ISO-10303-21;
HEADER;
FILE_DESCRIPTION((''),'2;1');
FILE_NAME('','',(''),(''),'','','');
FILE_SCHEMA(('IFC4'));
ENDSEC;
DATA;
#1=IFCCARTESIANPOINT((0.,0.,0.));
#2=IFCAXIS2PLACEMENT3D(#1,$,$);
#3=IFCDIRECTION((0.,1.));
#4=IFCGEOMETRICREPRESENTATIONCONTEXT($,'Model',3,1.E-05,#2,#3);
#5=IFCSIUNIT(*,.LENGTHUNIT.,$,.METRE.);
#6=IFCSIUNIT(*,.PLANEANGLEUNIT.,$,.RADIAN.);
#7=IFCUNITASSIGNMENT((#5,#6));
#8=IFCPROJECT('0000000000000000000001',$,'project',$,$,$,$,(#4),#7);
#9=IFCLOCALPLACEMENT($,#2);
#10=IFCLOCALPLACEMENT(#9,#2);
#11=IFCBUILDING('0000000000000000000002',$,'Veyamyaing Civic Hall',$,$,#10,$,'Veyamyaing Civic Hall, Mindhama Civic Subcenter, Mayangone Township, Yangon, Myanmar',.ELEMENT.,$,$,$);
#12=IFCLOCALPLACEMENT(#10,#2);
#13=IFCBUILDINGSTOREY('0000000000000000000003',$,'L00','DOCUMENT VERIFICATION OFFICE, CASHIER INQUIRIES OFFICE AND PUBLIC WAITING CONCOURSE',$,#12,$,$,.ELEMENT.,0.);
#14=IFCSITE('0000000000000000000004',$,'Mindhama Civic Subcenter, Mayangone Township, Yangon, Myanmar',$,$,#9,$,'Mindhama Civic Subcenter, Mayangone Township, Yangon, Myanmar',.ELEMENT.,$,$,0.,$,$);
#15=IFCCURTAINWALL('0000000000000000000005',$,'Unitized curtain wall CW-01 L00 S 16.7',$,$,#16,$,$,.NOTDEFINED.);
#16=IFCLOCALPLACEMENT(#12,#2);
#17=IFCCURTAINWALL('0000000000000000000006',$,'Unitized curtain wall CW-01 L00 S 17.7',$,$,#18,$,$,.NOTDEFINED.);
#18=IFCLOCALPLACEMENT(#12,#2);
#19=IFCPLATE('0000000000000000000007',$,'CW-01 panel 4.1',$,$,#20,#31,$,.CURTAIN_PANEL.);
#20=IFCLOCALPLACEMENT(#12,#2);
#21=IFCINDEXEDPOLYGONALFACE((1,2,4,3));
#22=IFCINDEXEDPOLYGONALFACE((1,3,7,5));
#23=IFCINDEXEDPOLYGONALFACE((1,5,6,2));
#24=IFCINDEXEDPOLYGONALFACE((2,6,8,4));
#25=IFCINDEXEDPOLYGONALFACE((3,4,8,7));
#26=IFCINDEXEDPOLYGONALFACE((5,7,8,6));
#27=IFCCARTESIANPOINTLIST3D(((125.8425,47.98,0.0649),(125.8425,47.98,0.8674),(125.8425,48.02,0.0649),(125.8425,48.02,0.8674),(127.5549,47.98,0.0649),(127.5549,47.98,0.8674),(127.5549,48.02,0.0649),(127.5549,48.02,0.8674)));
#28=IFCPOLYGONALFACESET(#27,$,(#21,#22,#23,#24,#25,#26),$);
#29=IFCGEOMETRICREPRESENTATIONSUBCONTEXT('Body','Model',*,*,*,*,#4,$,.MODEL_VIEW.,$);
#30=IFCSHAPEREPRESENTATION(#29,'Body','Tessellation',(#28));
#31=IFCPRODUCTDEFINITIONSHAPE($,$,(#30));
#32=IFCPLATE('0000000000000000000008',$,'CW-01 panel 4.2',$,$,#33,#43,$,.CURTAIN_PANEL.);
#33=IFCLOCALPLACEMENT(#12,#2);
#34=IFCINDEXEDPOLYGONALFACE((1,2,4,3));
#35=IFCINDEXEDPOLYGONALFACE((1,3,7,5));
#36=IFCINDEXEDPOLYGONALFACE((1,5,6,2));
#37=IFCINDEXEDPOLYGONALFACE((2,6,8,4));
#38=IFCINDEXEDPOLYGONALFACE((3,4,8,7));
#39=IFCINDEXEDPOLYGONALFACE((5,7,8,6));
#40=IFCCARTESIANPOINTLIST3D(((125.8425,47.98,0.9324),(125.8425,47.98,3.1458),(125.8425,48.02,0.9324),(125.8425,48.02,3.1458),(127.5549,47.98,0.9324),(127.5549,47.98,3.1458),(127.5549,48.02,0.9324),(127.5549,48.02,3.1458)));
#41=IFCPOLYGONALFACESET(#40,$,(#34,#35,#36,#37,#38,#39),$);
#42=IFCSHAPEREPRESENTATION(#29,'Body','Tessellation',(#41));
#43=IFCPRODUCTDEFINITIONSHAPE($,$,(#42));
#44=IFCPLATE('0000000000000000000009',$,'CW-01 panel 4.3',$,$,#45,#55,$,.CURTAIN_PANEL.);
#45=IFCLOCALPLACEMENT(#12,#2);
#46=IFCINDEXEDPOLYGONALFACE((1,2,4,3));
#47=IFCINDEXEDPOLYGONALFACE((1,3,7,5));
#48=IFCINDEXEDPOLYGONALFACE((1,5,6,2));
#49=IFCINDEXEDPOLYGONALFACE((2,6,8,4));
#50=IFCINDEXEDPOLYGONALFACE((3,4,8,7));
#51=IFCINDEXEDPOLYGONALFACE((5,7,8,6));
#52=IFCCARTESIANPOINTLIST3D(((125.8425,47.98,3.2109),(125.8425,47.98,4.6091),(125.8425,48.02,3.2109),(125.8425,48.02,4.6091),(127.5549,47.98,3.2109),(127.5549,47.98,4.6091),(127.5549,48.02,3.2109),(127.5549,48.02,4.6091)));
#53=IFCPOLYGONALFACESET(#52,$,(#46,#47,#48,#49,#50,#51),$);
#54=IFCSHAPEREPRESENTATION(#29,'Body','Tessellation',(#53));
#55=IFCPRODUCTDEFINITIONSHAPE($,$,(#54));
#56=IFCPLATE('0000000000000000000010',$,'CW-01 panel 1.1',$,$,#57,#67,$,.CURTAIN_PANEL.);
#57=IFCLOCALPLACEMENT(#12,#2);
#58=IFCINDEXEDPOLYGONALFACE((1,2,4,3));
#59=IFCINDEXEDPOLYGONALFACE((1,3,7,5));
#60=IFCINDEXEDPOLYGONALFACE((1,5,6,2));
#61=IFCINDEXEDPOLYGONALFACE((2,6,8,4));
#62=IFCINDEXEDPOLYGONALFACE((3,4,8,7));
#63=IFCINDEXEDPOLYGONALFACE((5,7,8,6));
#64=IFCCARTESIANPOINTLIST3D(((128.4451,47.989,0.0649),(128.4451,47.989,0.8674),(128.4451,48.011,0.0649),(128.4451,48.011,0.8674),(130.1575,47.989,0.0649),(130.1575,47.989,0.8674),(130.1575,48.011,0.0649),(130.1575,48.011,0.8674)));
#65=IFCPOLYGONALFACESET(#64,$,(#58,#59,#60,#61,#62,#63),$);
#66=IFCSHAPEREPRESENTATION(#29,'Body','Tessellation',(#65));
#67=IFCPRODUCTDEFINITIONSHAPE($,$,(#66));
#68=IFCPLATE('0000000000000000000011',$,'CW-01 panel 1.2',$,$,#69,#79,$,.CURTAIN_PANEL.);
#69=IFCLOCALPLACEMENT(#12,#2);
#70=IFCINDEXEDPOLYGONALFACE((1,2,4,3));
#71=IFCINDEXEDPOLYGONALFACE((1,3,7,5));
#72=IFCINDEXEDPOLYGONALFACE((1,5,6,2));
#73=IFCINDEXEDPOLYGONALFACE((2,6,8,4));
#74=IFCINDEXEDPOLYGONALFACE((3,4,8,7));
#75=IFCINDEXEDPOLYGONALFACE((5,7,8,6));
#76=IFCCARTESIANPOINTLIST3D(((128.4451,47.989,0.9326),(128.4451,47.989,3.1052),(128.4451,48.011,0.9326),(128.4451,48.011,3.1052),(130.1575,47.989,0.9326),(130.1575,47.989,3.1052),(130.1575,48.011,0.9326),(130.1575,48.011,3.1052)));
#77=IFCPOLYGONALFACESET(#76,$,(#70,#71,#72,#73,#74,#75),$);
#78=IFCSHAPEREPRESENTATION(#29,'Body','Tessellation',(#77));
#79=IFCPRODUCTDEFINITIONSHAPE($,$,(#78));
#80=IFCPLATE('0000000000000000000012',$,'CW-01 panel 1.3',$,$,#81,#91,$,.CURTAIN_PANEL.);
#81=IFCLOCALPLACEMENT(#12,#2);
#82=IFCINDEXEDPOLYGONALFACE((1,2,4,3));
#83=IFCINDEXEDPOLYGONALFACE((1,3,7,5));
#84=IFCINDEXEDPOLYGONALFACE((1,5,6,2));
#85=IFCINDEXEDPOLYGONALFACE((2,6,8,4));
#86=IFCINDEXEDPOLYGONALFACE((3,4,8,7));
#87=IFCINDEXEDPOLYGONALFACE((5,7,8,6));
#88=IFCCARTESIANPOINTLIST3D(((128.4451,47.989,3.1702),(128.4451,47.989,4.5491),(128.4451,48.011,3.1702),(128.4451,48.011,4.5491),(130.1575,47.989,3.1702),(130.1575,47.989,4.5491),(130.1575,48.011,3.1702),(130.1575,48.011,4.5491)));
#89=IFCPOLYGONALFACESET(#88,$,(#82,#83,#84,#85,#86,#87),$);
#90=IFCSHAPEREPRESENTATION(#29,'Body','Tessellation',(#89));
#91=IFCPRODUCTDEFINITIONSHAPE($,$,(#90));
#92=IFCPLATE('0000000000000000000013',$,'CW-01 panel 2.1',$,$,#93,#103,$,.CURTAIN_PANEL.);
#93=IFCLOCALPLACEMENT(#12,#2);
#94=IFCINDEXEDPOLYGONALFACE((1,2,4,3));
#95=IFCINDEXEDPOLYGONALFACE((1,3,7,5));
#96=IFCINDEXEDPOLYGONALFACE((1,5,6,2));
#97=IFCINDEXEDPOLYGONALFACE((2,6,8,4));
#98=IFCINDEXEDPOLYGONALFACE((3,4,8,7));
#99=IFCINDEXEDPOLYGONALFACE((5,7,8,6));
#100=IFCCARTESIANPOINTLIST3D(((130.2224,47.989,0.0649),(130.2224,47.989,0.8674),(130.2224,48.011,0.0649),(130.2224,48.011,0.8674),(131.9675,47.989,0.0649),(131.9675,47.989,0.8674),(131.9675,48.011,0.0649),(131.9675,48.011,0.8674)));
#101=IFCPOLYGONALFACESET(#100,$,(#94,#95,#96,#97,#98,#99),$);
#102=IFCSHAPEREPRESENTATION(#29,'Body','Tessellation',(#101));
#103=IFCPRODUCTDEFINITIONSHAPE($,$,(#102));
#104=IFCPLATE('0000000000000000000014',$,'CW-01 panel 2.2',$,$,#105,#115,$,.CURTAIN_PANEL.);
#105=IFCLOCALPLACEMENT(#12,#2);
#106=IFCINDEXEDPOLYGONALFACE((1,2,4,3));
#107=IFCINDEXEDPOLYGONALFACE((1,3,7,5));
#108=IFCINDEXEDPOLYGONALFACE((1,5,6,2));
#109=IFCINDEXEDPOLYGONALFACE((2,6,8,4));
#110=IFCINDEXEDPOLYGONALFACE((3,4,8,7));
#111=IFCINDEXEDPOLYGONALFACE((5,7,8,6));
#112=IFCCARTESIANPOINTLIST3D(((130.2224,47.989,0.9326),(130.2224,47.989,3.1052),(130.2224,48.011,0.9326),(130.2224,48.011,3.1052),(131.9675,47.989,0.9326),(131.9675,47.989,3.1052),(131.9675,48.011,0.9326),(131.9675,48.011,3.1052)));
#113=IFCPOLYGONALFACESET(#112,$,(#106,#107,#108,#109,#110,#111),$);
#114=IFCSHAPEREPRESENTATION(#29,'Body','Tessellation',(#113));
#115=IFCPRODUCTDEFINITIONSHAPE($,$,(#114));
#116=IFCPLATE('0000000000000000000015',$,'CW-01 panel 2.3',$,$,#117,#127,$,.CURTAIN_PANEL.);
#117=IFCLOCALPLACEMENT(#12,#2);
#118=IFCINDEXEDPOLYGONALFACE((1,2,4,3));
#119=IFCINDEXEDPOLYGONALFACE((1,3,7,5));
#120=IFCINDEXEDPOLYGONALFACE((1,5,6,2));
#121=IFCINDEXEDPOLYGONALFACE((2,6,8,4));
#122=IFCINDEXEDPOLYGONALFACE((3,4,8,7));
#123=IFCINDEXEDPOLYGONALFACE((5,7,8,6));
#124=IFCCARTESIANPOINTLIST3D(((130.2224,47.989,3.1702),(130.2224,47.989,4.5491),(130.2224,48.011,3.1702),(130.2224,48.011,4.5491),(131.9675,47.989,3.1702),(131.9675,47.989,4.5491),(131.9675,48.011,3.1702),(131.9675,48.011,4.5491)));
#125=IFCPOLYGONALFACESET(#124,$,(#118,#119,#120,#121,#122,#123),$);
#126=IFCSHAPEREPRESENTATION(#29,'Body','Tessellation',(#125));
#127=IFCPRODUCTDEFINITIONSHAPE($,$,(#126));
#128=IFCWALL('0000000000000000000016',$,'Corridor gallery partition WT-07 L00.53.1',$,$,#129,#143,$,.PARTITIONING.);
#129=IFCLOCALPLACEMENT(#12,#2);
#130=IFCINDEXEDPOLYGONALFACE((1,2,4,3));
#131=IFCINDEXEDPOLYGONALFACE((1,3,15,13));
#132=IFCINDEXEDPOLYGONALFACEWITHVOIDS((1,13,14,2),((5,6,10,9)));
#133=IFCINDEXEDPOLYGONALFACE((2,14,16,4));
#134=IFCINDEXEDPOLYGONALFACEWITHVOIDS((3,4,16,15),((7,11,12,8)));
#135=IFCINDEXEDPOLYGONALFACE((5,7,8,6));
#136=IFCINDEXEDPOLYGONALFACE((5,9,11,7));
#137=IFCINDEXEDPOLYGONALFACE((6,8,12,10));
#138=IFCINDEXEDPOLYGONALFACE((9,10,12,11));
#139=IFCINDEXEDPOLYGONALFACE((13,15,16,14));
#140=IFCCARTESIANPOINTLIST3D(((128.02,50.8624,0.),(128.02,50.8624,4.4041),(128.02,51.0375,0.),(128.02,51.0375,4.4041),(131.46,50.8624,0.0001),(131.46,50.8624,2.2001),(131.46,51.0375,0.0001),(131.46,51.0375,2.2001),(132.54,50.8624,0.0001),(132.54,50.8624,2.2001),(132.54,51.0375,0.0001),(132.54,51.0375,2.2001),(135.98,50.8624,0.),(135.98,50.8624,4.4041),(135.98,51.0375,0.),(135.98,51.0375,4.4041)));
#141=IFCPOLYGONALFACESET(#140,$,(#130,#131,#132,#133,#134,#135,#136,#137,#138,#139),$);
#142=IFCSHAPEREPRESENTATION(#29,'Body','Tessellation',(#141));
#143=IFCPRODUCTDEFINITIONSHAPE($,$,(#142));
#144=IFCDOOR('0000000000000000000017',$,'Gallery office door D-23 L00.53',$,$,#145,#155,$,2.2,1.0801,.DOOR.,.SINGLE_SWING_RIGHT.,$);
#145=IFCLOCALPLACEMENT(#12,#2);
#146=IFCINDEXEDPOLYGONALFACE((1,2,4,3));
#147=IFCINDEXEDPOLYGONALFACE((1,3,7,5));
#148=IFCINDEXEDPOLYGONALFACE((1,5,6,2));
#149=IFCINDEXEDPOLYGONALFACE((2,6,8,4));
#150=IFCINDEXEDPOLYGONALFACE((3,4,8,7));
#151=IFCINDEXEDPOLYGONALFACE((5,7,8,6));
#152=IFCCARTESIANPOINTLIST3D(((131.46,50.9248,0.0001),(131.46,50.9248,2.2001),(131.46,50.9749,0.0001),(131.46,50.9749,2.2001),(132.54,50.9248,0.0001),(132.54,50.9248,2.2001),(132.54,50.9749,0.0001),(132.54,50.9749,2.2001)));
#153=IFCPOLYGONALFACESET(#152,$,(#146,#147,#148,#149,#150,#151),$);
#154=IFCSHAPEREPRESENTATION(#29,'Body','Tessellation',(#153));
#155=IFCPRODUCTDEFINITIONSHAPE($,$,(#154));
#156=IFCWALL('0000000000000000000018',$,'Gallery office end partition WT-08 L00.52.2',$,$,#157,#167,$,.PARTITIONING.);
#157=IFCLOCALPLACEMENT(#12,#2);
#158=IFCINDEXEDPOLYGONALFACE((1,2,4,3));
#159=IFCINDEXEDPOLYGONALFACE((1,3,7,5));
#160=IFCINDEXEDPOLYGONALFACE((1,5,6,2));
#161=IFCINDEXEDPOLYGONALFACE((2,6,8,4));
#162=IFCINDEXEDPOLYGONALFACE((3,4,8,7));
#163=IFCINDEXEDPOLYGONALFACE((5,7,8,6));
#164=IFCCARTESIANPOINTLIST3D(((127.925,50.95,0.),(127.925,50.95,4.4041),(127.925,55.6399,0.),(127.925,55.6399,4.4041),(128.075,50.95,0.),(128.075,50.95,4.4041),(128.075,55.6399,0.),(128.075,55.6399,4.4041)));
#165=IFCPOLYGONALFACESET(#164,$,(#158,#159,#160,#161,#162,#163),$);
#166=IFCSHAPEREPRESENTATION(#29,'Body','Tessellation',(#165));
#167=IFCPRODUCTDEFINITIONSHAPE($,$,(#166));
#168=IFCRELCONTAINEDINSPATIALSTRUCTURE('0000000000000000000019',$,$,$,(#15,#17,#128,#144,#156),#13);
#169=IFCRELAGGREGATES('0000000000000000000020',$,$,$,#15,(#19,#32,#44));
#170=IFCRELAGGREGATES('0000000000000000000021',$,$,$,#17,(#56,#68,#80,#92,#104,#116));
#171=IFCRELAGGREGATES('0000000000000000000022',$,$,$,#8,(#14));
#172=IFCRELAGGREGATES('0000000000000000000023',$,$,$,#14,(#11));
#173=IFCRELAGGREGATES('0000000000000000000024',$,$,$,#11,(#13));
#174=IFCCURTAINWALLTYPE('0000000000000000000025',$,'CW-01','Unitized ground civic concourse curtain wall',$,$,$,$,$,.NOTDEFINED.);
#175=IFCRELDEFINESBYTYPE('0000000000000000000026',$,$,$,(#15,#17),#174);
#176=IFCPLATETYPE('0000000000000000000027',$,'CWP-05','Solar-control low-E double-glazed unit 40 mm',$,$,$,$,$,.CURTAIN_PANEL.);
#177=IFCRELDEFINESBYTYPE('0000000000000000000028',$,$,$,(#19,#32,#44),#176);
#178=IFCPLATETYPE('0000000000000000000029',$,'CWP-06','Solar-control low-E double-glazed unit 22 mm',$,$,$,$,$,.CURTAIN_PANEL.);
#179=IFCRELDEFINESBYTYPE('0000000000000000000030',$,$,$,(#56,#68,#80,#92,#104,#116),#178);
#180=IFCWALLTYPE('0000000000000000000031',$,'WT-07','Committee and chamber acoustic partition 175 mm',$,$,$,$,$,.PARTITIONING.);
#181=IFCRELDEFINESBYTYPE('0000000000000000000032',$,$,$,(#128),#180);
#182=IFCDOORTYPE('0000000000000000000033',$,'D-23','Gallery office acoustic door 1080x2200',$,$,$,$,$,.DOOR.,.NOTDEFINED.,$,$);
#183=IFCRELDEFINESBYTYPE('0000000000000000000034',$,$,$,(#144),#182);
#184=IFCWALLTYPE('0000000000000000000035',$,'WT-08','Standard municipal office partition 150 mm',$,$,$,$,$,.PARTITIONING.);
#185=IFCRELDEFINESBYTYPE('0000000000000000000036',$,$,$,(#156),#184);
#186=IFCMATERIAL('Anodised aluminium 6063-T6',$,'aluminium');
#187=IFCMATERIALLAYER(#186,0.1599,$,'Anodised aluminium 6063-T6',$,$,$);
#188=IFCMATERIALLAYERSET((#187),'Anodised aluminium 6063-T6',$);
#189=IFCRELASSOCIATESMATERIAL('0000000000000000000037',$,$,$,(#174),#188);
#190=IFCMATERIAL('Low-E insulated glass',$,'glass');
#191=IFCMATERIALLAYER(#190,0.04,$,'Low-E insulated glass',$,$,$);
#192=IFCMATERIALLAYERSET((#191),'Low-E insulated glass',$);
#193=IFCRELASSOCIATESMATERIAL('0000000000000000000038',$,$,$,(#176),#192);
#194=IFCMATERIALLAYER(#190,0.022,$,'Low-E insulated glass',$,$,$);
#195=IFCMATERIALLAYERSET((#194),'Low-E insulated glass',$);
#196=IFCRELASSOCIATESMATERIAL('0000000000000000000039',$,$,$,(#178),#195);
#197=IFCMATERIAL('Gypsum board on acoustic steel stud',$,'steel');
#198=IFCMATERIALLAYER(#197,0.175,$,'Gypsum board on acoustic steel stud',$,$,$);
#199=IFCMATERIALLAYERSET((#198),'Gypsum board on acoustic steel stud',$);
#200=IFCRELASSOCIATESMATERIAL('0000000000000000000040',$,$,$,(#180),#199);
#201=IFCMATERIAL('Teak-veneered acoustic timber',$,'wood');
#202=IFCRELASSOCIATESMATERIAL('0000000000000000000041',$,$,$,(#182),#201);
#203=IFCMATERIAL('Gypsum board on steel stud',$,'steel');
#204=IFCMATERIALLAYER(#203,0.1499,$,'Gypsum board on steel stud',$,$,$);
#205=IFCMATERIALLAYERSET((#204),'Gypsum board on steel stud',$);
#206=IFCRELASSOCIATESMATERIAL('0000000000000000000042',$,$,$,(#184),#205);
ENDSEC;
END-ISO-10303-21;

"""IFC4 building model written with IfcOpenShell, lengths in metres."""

from ifc_helpers import new_model, si_unit, direction, frame, frame_2d, origin, origin_2d, place, context, subcontext, project, spatial, rectangle, extrude, material, layer, layer_set, type_object, element, fill, aggregate, save


model = new_model("IFC4")

# Units and contexts
model_context = context("Model", 3, precision=1e-05, world=origin(), true_north=direction((0.0, 1.0)))
body_context = subcontext(model_context, "Body", "Model", "MODEL_VIEW")
ifc_project = project(units=[si_unit("LENGTHUNIT", "METRE"), si_unit("PLANEANGLEUNIT", "RADIAN")], contexts=[model_context])

# Site, building, storey
site_placement = place(None, origin())
site = spatial("IfcSite", under=ifc_project, at=site_placement, Name="Mindhama Civic Subcenter, Mayangone Township, Yangon, Myanmar", LongName="Mindhama Civic Subcenter, Mayangone Township, Yangon, Myanmar", CompositionType="ELEMENT", RefElevation=0.0)
building_placement = place(site_placement, origin())
building = spatial("IfcBuilding", under=site, at=building_placement, Name="Veyamyaing Civic Hall", LongName="Veyamyaing Civic Hall, Mindhama Civic Subcenter, Mayangone Township, Yangon, Myanmar", CompositionType="ELEMENT")
storey_placement = place(building_placement, origin())
storey = spatial("IfcBuildingStorey", under=building, at=storey_placement, Name="L00", Description="DOCUMENT VERIFICATION OFFICE, CASHIER INQUIRIES OFFICE AND PUBLIC WAITING CONCOURSE", CompositionType="ELEMENT", Elevation=0.0)

# Curtain wall
ifc_material_1 = material(Name="Anodised aluminium 6063-T6", Category="aluminium")
ifc_layer_1 = layer(ifc_material_1, 0.1599, Name="Anodised aluminium 6063-T6")
ifc_layer_set_1 = layer_set([ifc_layer_1], Name="Anodised aluminium 6063-T6")
curtain_wall_type = type_object("IfcCurtainWallType", Name="CW-01", Description="Unitized ground civic concourse curtain wall", PredefinedType="NOTDEFINED", material=ifc_layer_set_1)
curtain_wall_1_placement = place(storey_placement, origin())
curtain_wall_1 = element("IfcCurtainWall", 1, at=curtain_wall_1_placement, inside=storey, type_object=curtain_wall_type, Name="Unitized curtain wall CW-01 L00 S 16.7", PredefinedType="NOTDEFINED")

# Curtain wall
curtain_wall_2_placement = place(storey_placement, origin())
curtain_wall_2 = element("IfcCurtainWall", 2, at=curtain_wall_2_placement, inside=storey, type_object=curtain_wall_type, Name="Unitized curtain wall CW-01 L00 S 17.7", PredefinedType="NOTDEFINED")

# Plates
ifc_material_2 = material(Name="Low-E insulated glass", Category="glass")
ifc_layer_2 = layer(ifc_material_2, 0.04, Name="Low-E insulated glass")
ifc_layer_set_2 = layer_set([ifc_layer_2], Name="Low-E insulated glass")
plate_type_1 = type_object("IfcPlateType", Name="CWP-05", Description="Solar-control low-E double-glazed unit 40 mm", PredefinedType="CURTAIN_PANEL", material=ifc_layer_set_2)
plate_1_placement = place(storey_placement, frame((126.6987, 48.0, 0.0649), z_axis=(0.0, 0.0, 1.0), x_axis=(1.0, 0.0, 0.0)))
plate_1 = element("IfcPlate", 3, at=plate_1_placement, type_object=plate_type_1, Name="CW-01 panel 4.1", PredefinedType="CURTAIN_PANEL", context=body_context, shape_type="SweptSolid", body=[
    extrude(rectangle(XDim=1.7124, YDim=0.04, at=origin_2d()), origin(), (0.0, 0.0, 1.0), 0.8025),
])
plate_2_placement = place(storey_placement, frame((126.6987, 48.0, 0.9324), z_axis=(0.0, 0.0, 1.0), x_axis=(1.0, 0.0, 0.0)))
plate_2 = element("IfcPlate", 4, at=plate_2_placement, type_object=plate_type_1, Name="CW-01 panel 4.2", PredefinedType="CURTAIN_PANEL", context=body_context, shape_type="SweptSolid", body=[
    extrude(rectangle(XDim=1.7124, YDim=0.04, at=origin_2d()), origin(), (0.0, 0.0, 1.0), 2.2134),
])
plate_3_placement = place(storey_placement, frame((126.6987, 48.0, 3.2109), z_axis=(0.0, 0.0, 1.0), x_axis=(1.0, 0.0, 0.0)))
plate_3 = element("IfcPlate", 5, at=plate_3_placement, type_object=plate_type_1, Name="CW-01 panel 4.3", PredefinedType="CURTAIN_PANEL", context=body_context, shape_type="SweptSolid", body=[
    extrude(rectangle(XDim=1.7124, YDim=0.04, at=origin_2d()), origin(), (0.0, 0.0, 1.0), 1.3982),
])
aggregate(curtain_wall_1, [plate_1, plate_2, plate_3])
ifc_layer_3 = layer(ifc_material_2, 0.022, Name="Low-E insulated glass")
ifc_layer_set_3 = layer_set([ifc_layer_3], Name="Low-E insulated glass")
plate_type_2 = type_object("IfcPlateType", Name="CWP-06", Description="Solar-control low-E double-glazed unit 22 mm", PredefinedType="CURTAIN_PANEL", material=ifc_layer_set_3)
plate_4_placement = place(storey_placement, frame((129.3013, 48.0, 0.0649), z_axis=(0.0, 0.0, 1.0), x_axis=(1.0, 0.0, 0.0)))
plate_4 = element("IfcPlate", 6, at=plate_4_placement, type_object=plate_type_2, Name="CW-01 panel 1.1", PredefinedType="CURTAIN_PANEL", context=body_context, shape_type="SweptSolid", body=[
    extrude(rectangle(XDim=1.7124, YDim=0.022, at=origin_2d()), origin(), (0.0, 0.0, 1.0), 0.8025),
])
plate_5_placement = place(storey_placement, frame((129.3013, 48.0, 0.9326), z_axis=(0.0, 0.0, 1.0), x_axis=(1.0, 0.0, 0.0)))
plate_5 = element("IfcPlate", 7, at=plate_5_placement, type_object=plate_type_2, Name="CW-01 panel 1.2", PredefinedType="CURTAIN_PANEL", context=body_context, shape_type="SweptSolid", body=[
    extrude(rectangle(XDim=1.7124, YDim=0.022, at=origin_2d()), origin(), (0.0, 0.0, 1.0), 2.1726),
])
plate_6_placement = place(storey_placement, frame((129.3013, 48.0, 3.1702), z_axis=(0.0, 0.0, 1.0), x_axis=(1.0, 0.0, 0.0)))
plate_6 = element("IfcPlate", 8, at=plate_6_placement, type_object=plate_type_2, Name="CW-01 panel 1.3", PredefinedType="CURTAIN_PANEL", context=body_context, shape_type="SweptSolid", body=[
    extrude(rectangle(XDim=1.7124, YDim=0.022, at=origin_2d()), origin(), (0.0, 0.0, 1.0), 1.3789),
])
plate_7_placement = place(storey_placement, frame((131.095, 48.0, 0.0649), z_axis=(0.0, 0.0, 1.0), x_axis=(1.0, 0.0, 0.0)))
plate_7 = element("IfcPlate", 9, at=plate_7_placement, type_object=plate_type_2, Name="CW-01 panel 2.1", PredefinedType="CURTAIN_PANEL", context=body_context, shape_type="SweptSolid", body=[
    extrude(rectangle(XDim=1.7451, YDim=0.022, at=origin_2d()), origin(), (0.0, 0.0, 1.0), 0.8025),
])
plate_8_placement = place(storey_placement, frame((131.095, 48.0, 0.9326), z_axis=(0.0, 0.0, 1.0), x_axis=(1.0, 0.0, 0.0)))
plate_8 = element("IfcPlate", 10, at=plate_8_placement, type_object=plate_type_2, Name="CW-01 panel 2.2", PredefinedType="CURTAIN_PANEL", context=body_context, shape_type="SweptSolid", body=[
    extrude(rectangle(XDim=1.7451, YDim=0.022, at=origin_2d()), origin(), (0.0, 0.0, 1.0), 2.1726),
])
plate_9_placement = place(storey_placement, frame((131.095, 48.0, 3.1702), z_axis=(0.0, 0.0, 1.0), x_axis=(1.0, 0.0, 0.0)))
plate_9 = element("IfcPlate", 11, at=plate_9_placement, type_object=plate_type_2, Name="CW-01 panel 2.3", PredefinedType="CURTAIN_PANEL", context=body_context, shape_type="SweptSolid", body=[
    extrude(rectangle(XDim=1.7451, YDim=0.022, at=origin_2d()), origin(), (0.0, 0.0, 1.0), 1.3789),
])
aggregate(curtain_wall_2, [plate_4, plate_5, plate_6, plate_7, plate_8, plate_9])

# Wall, opening, door
ifc_material_3 = material(Name="Gypsum board on acoustic steel stud", Category="steel")
ifc_layer_4 = layer(ifc_material_3, 0.175, Name="Gypsum board on acoustic steel stud")
ifc_layer_set_4 = layer_set([ifc_layer_4], Name="Gypsum board on acoustic steel stud")
wall_type_1 = type_object("IfcWallType", Name="WT-07", Description="Committee and chamber acoustic partition 175 mm", PredefinedType="PARTITIONING", material=ifc_layer_set_4)
wall_1_placement = place(storey_placement, frame((128.02, 50.95, 0.0), z_axis=(0.0, 0.0, 1.0), x_axis=(1.0, 0.0, 0.0)))
wall_1 = element("IfcWall", 12, at=wall_1_placement, inside=storey, type_object=wall_type_1, Name="Corridor gallery partition WT-07 L00.53.1", PredefinedType="PARTITIONING", context=body_context, shape_type="SweptSolid", body=[
    extrude(rectangle(XDim=7.96, YDim=0.175, at=frame_2d((3.98, 0.0))), origin(), (0.0, 0.0, 1.0), 4.4041),
])
opening_placement = place(wall_1_placement, frame((3.4399, 0.0, 0.0)))
opening = element("IfcOpeningElement", 13, at=opening_placement, cuts=wall_1, PredefinedType="OPENING", context=body_context, shape_type="SweptSolid", body=[
    extrude(rectangle(XDim=1.0801, YDim=2.2, at=frame_2d((0.54, 1.1001))), frame((0.0, 0.0974, 0.0), z_axis=(0.0, -1.0, 0.0), x_axis=(1.0, 0.0, 0.0)), (0.0, 0.0, 1.0), 0.1951),
])
ifc_material_4 = material(Name="Teak-veneered acoustic timber", Category="wood")
door_type = type_object("IfcDoorType", Name="D-23", Description="Gallery office acoustic door 1080x2200", OperationType="NOTDEFINED", PredefinedType="DOOR", material=ifc_material_4)
door_placement = place(opening_placement, origin())
door = element("IfcDoor", 14, at=door_placement, inside=storey, type_object=door_type, Name="Gallery office door D-23 L00.53", OperationType="SINGLE_SWING_RIGHT", OverallHeight=2.2, OverallWidth=1.0801, PredefinedType="DOOR", context=body_context, shape_type="SweptSolid", body=[
    extrude(rectangle(XDim=1.0801, YDim=2.2, at=frame_2d((0.54, 1.1001))), frame((0.0, 0.0249, 0.0), z_axis=(0.0, -1.0, 0.0), x_axis=(1.0, 0.0, 0.0)), (0.0, 0.0, 1.0), 0.05),
])
fill(opening, door)

# Wall
ifc_material_5 = material(Name="Gypsum board on steel stud", Category="steel")
ifc_layer_5 = layer(ifc_material_5, 0.1499, Name="Gypsum board on steel stud")
ifc_layer_set_5 = layer_set([ifc_layer_5], Name="Gypsum board on steel stud")
wall_type_2 = type_object("IfcWallType", Name="WT-08", Description="Standard municipal office partition 150 mm", PredefinedType="PARTITIONING", material=ifc_layer_set_5)
wall_2_placement = place(storey_placement, frame((128.0, 50.95, 0.0), z_axis=(0.0, 0.0, 1.0), x_axis=(0.0, 1.0, 0.0)))
element("IfcWall", 15, at=wall_2_placement, inside=storey, type_object=wall_type_2, Name="Gallery office end partition WT-08 L00.52.2", PredefinedType="PARTITIONING", context=body_context, shape_type="SweptSolid", body=[
    extrude(rectangle(XDim=4.6899, YDim=0.1499, at=frame_2d((2.345, 0.0))), origin(), (0.0, 0.0, 1.0), 4.4041),
])

save(model, "model.ifc")
